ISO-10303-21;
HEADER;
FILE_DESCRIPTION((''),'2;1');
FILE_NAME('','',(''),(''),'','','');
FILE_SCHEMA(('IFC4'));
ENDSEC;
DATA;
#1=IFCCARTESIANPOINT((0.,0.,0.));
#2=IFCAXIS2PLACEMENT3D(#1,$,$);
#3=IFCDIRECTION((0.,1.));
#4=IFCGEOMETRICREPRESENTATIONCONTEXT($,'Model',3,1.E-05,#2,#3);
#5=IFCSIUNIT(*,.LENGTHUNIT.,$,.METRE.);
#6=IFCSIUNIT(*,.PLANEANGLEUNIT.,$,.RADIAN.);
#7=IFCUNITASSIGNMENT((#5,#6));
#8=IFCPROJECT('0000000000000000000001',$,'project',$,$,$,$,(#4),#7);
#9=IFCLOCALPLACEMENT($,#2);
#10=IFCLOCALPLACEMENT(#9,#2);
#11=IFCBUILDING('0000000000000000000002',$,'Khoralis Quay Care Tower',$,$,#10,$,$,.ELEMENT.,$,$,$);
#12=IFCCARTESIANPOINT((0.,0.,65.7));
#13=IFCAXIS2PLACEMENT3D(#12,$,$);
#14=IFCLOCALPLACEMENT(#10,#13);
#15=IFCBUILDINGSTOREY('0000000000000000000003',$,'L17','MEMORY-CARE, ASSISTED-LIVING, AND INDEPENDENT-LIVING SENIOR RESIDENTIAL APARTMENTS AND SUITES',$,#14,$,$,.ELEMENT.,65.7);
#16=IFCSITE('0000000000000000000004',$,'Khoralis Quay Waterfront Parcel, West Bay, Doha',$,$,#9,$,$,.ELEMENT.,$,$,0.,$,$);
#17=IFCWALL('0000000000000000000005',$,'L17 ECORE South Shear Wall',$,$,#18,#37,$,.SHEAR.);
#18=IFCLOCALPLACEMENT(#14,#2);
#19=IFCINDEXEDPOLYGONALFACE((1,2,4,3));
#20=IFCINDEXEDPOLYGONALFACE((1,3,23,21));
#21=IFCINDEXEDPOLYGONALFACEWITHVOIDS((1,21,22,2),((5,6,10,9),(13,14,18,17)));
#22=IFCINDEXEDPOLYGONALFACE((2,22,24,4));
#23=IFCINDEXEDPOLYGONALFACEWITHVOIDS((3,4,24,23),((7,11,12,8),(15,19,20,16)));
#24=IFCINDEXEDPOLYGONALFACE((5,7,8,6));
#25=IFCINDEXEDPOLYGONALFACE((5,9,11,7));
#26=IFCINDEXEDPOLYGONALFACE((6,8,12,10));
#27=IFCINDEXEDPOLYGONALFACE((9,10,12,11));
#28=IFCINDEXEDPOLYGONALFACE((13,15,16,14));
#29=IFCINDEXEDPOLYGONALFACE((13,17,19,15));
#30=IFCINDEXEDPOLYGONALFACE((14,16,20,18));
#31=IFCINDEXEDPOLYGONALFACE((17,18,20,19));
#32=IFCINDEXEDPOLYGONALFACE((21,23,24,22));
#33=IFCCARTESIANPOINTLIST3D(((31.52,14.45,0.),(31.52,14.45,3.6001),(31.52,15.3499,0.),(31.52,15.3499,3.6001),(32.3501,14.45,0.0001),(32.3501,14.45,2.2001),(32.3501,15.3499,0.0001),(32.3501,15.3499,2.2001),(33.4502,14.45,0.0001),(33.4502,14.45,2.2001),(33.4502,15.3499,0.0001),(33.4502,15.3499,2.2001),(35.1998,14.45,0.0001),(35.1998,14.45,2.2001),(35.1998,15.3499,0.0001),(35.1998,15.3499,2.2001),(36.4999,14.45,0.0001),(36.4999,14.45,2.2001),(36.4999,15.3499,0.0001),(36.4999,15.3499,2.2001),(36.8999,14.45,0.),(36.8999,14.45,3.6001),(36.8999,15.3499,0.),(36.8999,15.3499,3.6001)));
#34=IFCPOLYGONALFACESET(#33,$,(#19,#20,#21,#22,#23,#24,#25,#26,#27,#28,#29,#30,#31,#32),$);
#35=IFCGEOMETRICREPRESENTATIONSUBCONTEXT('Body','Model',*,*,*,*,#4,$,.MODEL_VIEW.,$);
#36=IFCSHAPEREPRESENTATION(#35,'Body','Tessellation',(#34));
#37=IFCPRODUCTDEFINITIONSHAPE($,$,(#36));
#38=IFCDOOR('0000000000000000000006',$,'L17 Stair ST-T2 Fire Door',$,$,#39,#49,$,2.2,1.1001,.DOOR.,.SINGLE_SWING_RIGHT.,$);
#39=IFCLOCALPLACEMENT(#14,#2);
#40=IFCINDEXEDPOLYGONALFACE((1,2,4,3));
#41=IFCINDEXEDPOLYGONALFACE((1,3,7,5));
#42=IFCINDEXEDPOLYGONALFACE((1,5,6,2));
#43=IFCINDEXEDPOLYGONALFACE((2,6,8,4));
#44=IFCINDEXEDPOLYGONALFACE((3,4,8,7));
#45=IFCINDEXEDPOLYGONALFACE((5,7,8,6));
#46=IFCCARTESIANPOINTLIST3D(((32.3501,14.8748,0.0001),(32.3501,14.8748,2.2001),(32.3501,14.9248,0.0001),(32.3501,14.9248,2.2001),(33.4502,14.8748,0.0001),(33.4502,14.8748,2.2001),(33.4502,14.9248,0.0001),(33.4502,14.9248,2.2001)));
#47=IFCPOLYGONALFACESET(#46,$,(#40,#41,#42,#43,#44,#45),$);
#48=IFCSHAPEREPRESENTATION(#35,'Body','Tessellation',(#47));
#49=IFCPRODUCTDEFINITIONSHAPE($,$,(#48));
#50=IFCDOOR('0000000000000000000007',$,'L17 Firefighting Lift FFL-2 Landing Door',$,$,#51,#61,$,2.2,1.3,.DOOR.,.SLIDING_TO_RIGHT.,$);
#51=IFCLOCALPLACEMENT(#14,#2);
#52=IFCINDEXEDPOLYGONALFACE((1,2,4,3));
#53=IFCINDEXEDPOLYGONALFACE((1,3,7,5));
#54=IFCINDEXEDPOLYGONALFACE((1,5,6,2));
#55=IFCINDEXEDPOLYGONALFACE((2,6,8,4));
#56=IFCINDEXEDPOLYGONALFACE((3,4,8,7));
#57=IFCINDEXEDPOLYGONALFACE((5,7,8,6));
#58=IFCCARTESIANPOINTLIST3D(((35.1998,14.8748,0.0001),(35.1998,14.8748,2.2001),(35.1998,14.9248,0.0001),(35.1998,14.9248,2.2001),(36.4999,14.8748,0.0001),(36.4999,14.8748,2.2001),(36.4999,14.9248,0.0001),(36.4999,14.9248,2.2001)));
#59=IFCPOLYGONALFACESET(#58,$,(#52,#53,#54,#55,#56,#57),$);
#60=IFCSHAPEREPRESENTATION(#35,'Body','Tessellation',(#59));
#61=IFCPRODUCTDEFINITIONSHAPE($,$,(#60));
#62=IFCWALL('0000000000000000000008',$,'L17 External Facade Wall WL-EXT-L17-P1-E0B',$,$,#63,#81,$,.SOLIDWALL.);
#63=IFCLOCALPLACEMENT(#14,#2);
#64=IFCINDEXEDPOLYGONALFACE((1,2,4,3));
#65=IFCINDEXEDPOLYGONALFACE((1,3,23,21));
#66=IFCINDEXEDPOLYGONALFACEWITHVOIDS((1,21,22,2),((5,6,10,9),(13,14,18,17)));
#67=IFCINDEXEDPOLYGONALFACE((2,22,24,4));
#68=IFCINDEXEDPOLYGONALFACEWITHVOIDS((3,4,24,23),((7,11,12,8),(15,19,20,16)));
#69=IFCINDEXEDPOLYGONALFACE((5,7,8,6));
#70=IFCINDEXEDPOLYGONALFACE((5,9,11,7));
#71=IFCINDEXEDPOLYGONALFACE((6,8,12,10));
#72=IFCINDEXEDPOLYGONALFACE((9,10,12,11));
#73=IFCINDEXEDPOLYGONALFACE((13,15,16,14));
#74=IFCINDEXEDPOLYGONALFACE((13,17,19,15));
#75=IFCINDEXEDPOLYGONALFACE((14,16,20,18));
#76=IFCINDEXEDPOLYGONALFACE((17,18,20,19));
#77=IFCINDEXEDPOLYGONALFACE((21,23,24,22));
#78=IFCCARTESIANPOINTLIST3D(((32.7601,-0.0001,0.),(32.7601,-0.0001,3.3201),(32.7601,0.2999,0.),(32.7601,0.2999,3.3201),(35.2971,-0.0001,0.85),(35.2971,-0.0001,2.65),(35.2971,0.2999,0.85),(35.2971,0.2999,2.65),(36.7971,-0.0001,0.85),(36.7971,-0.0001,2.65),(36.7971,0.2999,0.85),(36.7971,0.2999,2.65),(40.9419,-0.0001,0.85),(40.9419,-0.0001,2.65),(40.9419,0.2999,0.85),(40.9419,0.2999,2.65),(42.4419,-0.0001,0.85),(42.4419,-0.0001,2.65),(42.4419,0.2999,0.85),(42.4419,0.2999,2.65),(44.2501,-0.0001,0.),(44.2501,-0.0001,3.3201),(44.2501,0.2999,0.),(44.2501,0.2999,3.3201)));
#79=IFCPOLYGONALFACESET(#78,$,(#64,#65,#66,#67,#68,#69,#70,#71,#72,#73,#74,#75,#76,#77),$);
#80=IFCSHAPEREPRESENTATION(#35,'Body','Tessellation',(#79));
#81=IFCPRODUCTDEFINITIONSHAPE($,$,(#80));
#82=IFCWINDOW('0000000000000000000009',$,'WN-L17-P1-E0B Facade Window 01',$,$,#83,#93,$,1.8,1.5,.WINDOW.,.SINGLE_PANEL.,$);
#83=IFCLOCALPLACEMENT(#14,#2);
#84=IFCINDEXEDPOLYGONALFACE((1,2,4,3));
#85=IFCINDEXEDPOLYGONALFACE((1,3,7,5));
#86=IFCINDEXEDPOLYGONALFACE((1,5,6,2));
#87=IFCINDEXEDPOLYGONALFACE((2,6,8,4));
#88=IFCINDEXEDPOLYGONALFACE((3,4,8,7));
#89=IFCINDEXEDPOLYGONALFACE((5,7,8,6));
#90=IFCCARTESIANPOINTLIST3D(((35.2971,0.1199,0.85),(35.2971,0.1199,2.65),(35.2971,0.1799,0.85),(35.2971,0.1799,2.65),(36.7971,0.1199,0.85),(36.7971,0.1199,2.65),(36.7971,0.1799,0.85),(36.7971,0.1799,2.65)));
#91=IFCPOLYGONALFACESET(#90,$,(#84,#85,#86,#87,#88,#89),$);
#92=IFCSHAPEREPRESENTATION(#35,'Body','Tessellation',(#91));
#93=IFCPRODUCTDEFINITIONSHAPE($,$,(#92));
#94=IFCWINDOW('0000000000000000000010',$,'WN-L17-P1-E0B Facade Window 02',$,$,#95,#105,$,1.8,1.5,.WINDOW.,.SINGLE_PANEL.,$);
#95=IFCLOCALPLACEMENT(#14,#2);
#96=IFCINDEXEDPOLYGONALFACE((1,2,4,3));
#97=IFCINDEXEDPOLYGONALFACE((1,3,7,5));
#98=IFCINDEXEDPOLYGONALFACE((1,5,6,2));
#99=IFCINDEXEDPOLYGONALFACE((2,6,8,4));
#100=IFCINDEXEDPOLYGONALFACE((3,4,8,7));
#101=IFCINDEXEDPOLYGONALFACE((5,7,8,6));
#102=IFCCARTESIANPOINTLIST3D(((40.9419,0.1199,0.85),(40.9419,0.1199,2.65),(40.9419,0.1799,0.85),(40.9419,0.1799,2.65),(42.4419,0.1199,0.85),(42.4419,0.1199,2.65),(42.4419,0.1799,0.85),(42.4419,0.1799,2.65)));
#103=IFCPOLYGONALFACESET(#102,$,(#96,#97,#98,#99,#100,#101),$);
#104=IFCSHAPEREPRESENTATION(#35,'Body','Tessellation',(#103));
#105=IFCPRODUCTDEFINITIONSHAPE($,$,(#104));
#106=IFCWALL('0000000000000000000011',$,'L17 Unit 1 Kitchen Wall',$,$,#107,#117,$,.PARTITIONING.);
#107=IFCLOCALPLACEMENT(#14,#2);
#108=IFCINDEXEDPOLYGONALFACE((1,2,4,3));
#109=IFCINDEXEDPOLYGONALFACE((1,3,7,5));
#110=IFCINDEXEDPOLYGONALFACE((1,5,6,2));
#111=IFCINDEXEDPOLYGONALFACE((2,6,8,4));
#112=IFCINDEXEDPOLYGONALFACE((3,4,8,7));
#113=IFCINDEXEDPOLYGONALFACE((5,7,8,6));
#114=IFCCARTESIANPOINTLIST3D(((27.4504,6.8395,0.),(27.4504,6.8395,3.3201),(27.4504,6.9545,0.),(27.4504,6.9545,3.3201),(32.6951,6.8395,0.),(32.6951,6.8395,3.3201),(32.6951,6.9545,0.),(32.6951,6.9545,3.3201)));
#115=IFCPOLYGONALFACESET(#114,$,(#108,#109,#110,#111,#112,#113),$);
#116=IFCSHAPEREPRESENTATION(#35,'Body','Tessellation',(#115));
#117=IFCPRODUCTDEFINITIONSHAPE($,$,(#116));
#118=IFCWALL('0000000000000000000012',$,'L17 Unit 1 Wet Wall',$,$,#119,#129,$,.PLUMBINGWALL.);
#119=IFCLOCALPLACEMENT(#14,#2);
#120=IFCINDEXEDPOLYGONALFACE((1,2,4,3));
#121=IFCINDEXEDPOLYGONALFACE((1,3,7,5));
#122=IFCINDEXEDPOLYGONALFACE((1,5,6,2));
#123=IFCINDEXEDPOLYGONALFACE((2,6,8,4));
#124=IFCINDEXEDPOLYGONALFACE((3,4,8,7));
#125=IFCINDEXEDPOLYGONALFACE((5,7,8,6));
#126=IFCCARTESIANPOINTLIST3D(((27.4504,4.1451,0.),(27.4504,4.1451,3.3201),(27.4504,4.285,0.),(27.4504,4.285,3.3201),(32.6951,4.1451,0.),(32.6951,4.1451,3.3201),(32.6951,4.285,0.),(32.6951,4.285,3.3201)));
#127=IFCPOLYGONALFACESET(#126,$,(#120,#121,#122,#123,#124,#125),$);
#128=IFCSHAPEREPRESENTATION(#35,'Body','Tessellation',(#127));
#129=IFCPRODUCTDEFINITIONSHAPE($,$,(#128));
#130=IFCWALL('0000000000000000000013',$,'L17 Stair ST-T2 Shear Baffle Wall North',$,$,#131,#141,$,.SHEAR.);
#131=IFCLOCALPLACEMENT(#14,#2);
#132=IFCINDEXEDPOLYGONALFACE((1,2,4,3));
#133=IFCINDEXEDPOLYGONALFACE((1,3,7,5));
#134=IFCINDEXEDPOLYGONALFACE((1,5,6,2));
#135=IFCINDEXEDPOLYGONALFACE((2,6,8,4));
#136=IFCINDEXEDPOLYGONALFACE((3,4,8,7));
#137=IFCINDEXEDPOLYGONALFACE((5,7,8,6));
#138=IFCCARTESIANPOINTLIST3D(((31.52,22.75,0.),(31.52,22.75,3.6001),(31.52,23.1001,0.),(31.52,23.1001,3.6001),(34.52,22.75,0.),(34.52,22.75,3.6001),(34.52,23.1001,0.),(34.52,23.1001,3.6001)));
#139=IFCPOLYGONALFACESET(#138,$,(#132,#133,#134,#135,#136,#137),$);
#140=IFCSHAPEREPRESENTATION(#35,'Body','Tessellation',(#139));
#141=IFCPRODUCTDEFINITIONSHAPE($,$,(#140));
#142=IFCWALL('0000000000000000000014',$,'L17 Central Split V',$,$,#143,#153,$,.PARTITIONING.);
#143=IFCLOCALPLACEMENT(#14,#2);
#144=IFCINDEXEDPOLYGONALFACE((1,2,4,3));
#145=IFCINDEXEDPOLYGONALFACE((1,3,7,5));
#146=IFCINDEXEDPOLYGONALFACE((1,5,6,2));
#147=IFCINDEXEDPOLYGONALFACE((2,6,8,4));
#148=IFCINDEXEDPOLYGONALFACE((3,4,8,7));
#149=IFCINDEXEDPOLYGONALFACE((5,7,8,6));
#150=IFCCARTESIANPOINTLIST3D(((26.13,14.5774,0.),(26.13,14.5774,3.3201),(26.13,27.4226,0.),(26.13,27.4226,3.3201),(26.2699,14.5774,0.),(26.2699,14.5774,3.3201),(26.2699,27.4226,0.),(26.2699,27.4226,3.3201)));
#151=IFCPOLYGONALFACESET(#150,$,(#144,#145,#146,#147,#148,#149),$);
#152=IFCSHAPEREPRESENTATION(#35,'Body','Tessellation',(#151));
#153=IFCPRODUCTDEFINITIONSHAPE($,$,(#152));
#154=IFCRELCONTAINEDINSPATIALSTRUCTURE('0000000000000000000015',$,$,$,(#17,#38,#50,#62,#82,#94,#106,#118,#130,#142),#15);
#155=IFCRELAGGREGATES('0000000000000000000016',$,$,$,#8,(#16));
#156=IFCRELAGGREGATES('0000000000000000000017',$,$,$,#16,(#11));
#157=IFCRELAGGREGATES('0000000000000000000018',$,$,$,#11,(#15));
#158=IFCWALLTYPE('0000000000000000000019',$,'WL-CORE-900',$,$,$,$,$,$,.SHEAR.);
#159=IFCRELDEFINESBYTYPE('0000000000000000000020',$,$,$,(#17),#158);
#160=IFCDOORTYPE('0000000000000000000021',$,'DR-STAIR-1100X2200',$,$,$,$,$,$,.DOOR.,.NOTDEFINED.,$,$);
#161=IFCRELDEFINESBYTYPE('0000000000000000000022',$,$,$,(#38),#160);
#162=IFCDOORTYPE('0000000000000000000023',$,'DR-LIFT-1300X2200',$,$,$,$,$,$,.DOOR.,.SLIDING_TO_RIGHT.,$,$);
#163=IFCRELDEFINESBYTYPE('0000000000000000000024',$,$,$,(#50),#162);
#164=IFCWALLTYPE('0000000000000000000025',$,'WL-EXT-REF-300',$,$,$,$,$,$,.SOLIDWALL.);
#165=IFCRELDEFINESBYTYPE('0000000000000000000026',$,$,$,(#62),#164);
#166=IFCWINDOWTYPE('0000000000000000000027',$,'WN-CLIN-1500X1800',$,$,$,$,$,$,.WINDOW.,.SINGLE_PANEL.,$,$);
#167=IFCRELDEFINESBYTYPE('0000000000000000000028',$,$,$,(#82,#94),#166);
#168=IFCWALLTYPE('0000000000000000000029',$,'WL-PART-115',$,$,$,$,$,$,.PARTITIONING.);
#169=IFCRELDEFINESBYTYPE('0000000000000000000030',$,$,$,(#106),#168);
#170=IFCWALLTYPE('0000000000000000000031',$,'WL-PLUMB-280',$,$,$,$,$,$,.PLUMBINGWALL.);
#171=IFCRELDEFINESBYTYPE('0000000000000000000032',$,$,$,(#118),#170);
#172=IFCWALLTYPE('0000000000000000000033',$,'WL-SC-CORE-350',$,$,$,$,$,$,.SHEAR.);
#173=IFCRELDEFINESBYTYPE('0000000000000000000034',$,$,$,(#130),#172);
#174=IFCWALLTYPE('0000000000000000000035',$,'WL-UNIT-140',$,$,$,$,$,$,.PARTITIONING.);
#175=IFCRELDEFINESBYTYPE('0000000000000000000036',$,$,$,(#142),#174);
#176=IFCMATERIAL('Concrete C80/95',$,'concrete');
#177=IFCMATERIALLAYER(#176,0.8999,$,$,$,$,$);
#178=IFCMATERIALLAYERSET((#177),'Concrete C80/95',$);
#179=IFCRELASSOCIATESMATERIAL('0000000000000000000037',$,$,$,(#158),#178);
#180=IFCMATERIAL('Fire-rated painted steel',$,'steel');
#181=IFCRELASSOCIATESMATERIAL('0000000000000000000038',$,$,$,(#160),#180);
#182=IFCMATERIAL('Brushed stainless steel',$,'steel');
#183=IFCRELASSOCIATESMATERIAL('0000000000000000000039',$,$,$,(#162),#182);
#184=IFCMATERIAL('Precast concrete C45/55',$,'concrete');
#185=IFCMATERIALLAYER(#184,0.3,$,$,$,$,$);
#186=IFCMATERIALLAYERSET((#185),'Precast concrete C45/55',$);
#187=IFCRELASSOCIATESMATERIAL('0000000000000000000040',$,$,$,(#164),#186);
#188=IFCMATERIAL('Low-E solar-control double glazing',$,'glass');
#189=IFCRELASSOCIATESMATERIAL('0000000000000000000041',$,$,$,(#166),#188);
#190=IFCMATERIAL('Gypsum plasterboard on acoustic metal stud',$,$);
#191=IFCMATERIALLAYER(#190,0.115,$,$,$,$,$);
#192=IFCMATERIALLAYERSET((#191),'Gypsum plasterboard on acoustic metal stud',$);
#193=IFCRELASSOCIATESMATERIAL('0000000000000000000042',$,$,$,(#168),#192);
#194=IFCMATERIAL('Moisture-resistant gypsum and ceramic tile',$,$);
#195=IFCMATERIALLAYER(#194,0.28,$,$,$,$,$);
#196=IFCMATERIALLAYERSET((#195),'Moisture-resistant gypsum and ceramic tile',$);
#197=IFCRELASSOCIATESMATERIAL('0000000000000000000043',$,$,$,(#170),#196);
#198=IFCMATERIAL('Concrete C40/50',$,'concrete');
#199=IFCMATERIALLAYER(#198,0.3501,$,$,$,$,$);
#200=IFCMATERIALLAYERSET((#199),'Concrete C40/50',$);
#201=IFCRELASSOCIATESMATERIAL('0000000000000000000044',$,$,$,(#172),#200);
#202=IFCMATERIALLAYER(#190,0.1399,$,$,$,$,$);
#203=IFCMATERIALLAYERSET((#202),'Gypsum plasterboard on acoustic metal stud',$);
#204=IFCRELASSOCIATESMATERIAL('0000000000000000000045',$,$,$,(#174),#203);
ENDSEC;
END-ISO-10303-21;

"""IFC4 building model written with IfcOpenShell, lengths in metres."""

from ifc_helpers import new_model, si_unit, direction, frame, frame_2d, origin, place, context, subcontext, project, spatial, rectangle, extrude, source, transform, mapped, material, layer, layer_set, type_object, element, fill, save


model = new_model("IFC4")

# Units and contexts
model_context = context("Model", 3, precision=1e-05, world=origin(), true_north=direction((0.0, 1.0)))
body_context = subcontext(model_context, "Body", "Model", "MODEL_VIEW")
ifc_project = project(units=[si_unit("LENGTHUNIT", "METRE"), si_unit("PLANEANGLEUNIT", "RADIAN")], contexts=[model_context])

# Site, building, storey
site_placement = place(None, origin())
site = spatial("IfcSite", under=ifc_project, at=site_placement, Name="Khoralis Quay Waterfront Parcel, West Bay, Doha", CompositionType="ELEMENT", RefElevation=0.0)
building_placement = place(site_placement, origin())
building = spatial("IfcBuilding", under=site, at=building_placement, Name="Khoralis Quay Care Tower", CompositionType="ELEMENT")
storey_placement = place(building_placement, frame((0.0, 0.0, 65.7)))
storey = spatial("IfcBuildingStorey", under=building, at=storey_placement, Name="L17", Description="MEMORY-CARE, ASSISTED-LIVING, AND INDEPENDENT-LIVING SENIOR RESIDENTIAL APARTMENTS AND SUITES", CompositionType="ELEMENT", Elevation=65.7)

# Shared definitions
ifc_material_1 = material(Name="Concrete C80/95", Category="concrete")

# Shared definitions
ifc_material_2 = material(Name="Gypsum plasterboard on acoustic metal stud")
ifc_material_3 = material(Name="Fire-rated painted steel", Category="steel")

# Shared definitions
ifc_layer_1 = layer(ifc_material_1, 0.8999)
ifc_layer_set_1 = layer_set([ifc_layer_1], Name="Concrete C80/95")
wall_type_1 = type_object("IfcWallType", Name="WL-CORE-900", PredefinedType="SHEAR", material=ifc_layer_set_1)

# Wall, openings, doors
wall_1_placement = place(storey_placement, frame((31.52, 14.8999, 0.0), z_axis=(0.0, 0.0, 1.0), x_axis=(1.0, 0.0, 0.0)))
wall_1 = element("IfcWall", 1, at=wall_1_placement, inside=storey, type_object=wall_type_1, Name="L17 ECORE South Shear Wall", PredefinedType="SHEAR", context=body_context, shape_type="SweptSolid", body=[
    extrude(rectangle(XDim=5.3799, YDim=0.8999, at=frame_2d((2.6899, 0.0))), origin(), (0.0, 0.0, 1.0), 3.6001),
])
opening_1_placement = place(wall_1_placement, frame((0.8301, 0.0, 0.0)))
opening_1 = element("IfcOpeningElement", 2, at=opening_1_placement, cuts=wall_1, PredefinedType="OPENING", context=body_context, shape_type="SweptSolid", body=[
    extrude(rectangle(XDim=1.1001, YDim=2.2, at=frame_2d((0.55, 1.1001))), frame((0.0, 0.46, 0.0), z_axis=(0.0, -1.0, 0.0), x_axis=(1.0, 0.0, 0.0)), (0.0, 0.0, 1.0), 0.9199),
])
opening_2_placement = place(wall_1_placement, frame((3.6799, 0.0, 0.0)))
opening_2 = element("IfcOpeningElement", 3, at=opening_2_placement, cuts=wall_1, PredefinedType="OPENING", context=body_context, shape_type="SweptSolid", body=[
    extrude(rectangle(XDim=1.3, YDim=2.2, at=frame_2d((0.6499, 1.1001))), frame((0.0, 0.46, 0.0), z_axis=(0.0, -1.0, 0.0), x_axis=(1.0, 0.0, 0.0)), (0.0, 0.0, 1.0), 0.9199),
])
door_type_1 = type_object("IfcDoorType", Name="DR-STAIR-1100X2200", OperationType="NOTDEFINED", PredefinedType="DOOR", material=ifc_material_3)
shared_shape_1 = source(origin(), body_context, "Body", "SweptSolid", [
    extrude(rectangle(XDim=1.1001, YDim=2.2, at=frame_2d((0.55, 1.1001))), frame((0.0, 0.0249, 0.0), z_axis=(0.0, -1.0, 0.0), x_axis=(1.0, 0.0, 0.0)), (0.0, 0.0, 1.0), 0.05),
])
door_1_placement = place(opening_1_placement, origin())
door_1 = element("IfcDoor", 4, at=door_1_placement, inside=storey, type_object=door_type_1, Name="L17 Stair ST-T2 Fire Door", OperationType="SINGLE_SWING_RIGHT", OverallHeight=2.2, OverallWidth=1.1001, PredefinedType="DOOR", context=body_context, shape_type="MappedRepresentation", body=[
    mapped(shared_shape_1, transform((0.0, 0.0, 0.0), scale=1.0)),
])
fill(opening_1, door_1)
ifc_material_4 = material(Name="Brushed stainless steel", Category="steel")
door_type_2 = type_object("IfcDoorType", Name="DR-LIFT-1300X2200", OperationType="SLIDING_TO_RIGHT", PredefinedType="DOOR", material=ifc_material_4)
shared_shape_2 = source(origin(), body_context, "Body", "SweptSolid", [
    extrude(rectangle(XDim=1.3, YDim=2.2, at=frame_2d((0.6499, 1.1001))), frame((0.0, 0.0249, 0.0), z_axis=(0.0, -1.0, 0.0), x_axis=(1.0, 0.0, 0.0)), (0.0, 0.0, 1.0), 0.05),
])
door_2_placement = place(opening_2_placement, origin())
door_2 = element("IfcDoor", 5, at=door_2_placement, inside=storey, type_object=door_type_2, Name="L17 Firefighting Lift FFL-2 Landing Door", OperationType="SLIDING_TO_RIGHT", OverallHeight=2.2, OverallWidth=1.3, PredefinedType="DOOR", context=body_context, shape_type="MappedRepresentation", body=[
    mapped(shared_shape_2, transform((0.0, 0.0, 0.0), scale=1.0)),
])
fill(opening_2, door_2)

# Wall, openings, windows
ifc_material_5 = material(Name="Precast concrete C45/55", Category="concrete")
ifc_layer_2 = layer(ifc_material_5, 0.3)
ifc_layer_set_2 = layer_set([ifc_layer_2], Name="Precast concrete C45/55")
wall_type_2 = type_object("IfcWallType", Name="WL-EXT-REF-300", PredefinedType="SOLIDWALL", material=ifc_layer_set_2)
wall_2_placement = place(storey_placement, frame((32.76, 0.1499, 0.0), z_axis=(0.0, 0.0, 1.0), x_axis=(1.0, 0.0, 0.0)))
wall_2 = element("IfcWall", 6, at=wall_2_placement, inside=storey, type_object=wall_type_2, Name="L17 External Facade Wall WL-EXT-L17-P1-E0B", PredefinedType="SOLIDWALL", context=body_context, shape_type="SweptSolid", body=[
    extrude(rectangle(XDim=11.49, YDim=0.3, at=frame_2d((5.7451, 0.0))), origin(), (0.0, 0.0, 1.0), 3.3201),
])
opening_3_placement = place(wall_2_placement, frame((2.5371, 0.0, 0.8501)))
opening_3 = element("IfcOpeningElement", 7, at=opening_3_placement, cuts=wall_2, PredefinedType="OPENING", context=body_context, shape_type="SweptSolid", body=[
    extrude(rectangle(XDim=1.5, YDim=1.8, at=frame_2d((0.75, 0.8999))), frame((0.0, 0.1602, 0.0), z_axis=(0.0, -1.0, 0.0), x_axis=(1.0, 0.0, 0.0)), (0.0, 0.0, 1.0), 0.3201),
])
opening_4_placement = place(wall_2_placement, frame((8.1819, 0.0, 0.8501)))
opening_4 = element("IfcOpeningElement", 8, at=opening_4_placement, cuts=wall_2, PredefinedType="OPENING", context=body_context, shape_type="SweptSolid", body=[
    extrude(rectangle(XDim=1.5, YDim=1.8, at=frame_2d((0.75, 0.8999))), frame((0.0, 0.1602, 0.0), z_axis=(0.0, -1.0, 0.0), x_axis=(1.0, 0.0, 0.0)), (0.0, 0.0, 1.0), 0.3201),
])
ifc_material_6 = material(Name="Low-E solar-control double glazing", Category="glass")
window_type = type_object("IfcWindowType", Name="WN-CLIN-1500X1800", PartitioningType="SINGLE_PANEL", PredefinedType="WINDOW", material=ifc_material_6)
shared_shape_3 = source(origin(), body_context, "Body", "SweptSolid", [
    extrude(rectangle(XDim=1.5, YDim=1.8, at=frame_2d((0.75, 0.8999))), frame((0.0, 0.03, 0.0), z_axis=(0.0, -1.0, 0.0), x_axis=(1.0, 0.0, 0.0)), (0.0, 0.0, 1.0), 0.0601),
])
window_1_placement = place(opening_3_placement, origin())
window_1 = element("IfcWindow", 9, at=window_1_placement, inside=storey, type_object=window_type, Name="WN-L17-P1-E0B Facade Window 01", OverallHeight=1.8, OverallWidth=1.5, PartitioningType="SINGLE_PANEL", PredefinedType="WINDOW", context=body_context, shape_type="MappedRepresentation", body=[
    mapped(shared_shape_3, transform((0.0, 0.0, 0.0), scale=1.0)),
])
fill(opening_3, window_1)
window_2_placement = place(opening_4_placement, origin())
window_2 = element("IfcWindow", 10, at=window_2_placement, inside=storey, type_object=window_type, Name="WN-L17-P1-E0B Facade Window 02", OverallHeight=1.8, OverallWidth=1.5, PartitioningType="SINGLE_PANEL", PredefinedType="WINDOW", context=body_context, shape_type="MappedRepresentation", body=[
    mapped(shared_shape_3, transform((0.0, 0.0, 0.0), scale=1.0)),
])
fill(opening_4, window_2)

# Walls
ifc_layer_3 = layer(ifc_material_2, 0.115)
ifc_layer_set_3 = layer_set([ifc_layer_3], Name="Gypsum plasterboard on acoustic metal stud")
wall_type_3 = type_object("IfcWallType", Name="WL-PART-115", PredefinedType="PARTITIONING", material=ifc_layer_set_3)
wall_3_placement = place(storey_placement, frame((27.4504, 6.897, 0.0), z_axis=(0.0, 0.0, 1.0), x_axis=(1.0, 0.0, 0.0)))
element("IfcWall", 11, at=wall_3_placement, inside=storey, type_object=wall_type_3, Name="L17 Unit 1 Kitchen Wall", PredefinedType="PARTITIONING", context=body_context, shape_type="SweptSolid", body=[
    extrude(rectangle(XDim=5.2446, YDim=0.115, at=frame_2d((2.6223, 0.0))), origin(), (0.0, 0.0, 1.0), 3.3201),
])
ifc_material_7 = material(Name="Moisture-resistant gypsum and ceramic tile")
ifc_layer_4 = layer(ifc_material_7, 0.28)
ifc_layer_set_4 = layer_set([ifc_layer_4], Name="Moisture-resistant gypsum and ceramic tile")
wall_type_4 = type_object("IfcWallType", Name="WL-PLUMB-280", PredefinedType="PLUMBINGWALL", material=ifc_layer_set_4)
wall_4_placement = place(storey_placement, frame((27.4504, 4.2151, 0.0), z_axis=(0.0, 0.0, 1.0), x_axis=(1.0, 0.0, 0.0)))
element("IfcWall", 12, at=wall_4_placement, inside=storey, type_object=wall_type_4, Name="L17 Unit 1 Wet Wall", PredefinedType="PLUMBINGWALL", context=body_context, shape_type="SweptSolid", body=[
    extrude(rectangle(XDim=5.2446, YDim=0.1399, at=frame_2d((2.6223, 0.0))), origin(), (0.0, 0.0, 1.0), 3.3201),
])
ifc_material_8 = material(Name="Concrete C40/50", Category="concrete")
ifc_layer_5 = layer(ifc_material_8, 0.3501)
ifc_layer_set_5 = layer_set([ifc_layer_5], Name="Concrete C40/50")
wall_type_5 = type_object("IfcWallType", Name="WL-SC-CORE-350", PredefinedType="SHEAR", material=ifc_layer_set_5)
wall_5_placement = place(storey_placement, frame((31.52, 22.925, 0.0), z_axis=(0.0, 0.0, 1.0), x_axis=(1.0, 0.0, 0.0)))
element("IfcWall", 13, at=wall_5_placement, inside=storey, type_object=wall_type_5, Name="L17 Stair ST-T2 Shear Baffle Wall North", PredefinedType="SHEAR", context=body_context, shape_type="SweptSolid", body=[
    extrude(rectangle(XDim=3.0, YDim=0.3501, at=frame_2d((1.5, 0.0))), origin(), (0.0, 0.0, 1.0), 3.6001),
])
ifc_layer_6 = layer(ifc_material_2, 0.1399)
ifc_layer_set_6 = layer_set([ifc_layer_6], Name="Gypsum plasterboard on acoustic metal stud")
wall_type_6 = type_object("IfcWallType", Name="WL-UNIT-140", PredefinedType="PARTITIONING", material=ifc_layer_set_6)
wall_6_placement = place(storey_placement, frame((26.2, 14.5774, 0.0), z_axis=(0.0, 0.0, 1.0), x_axis=(0.0, 1.0, 0.0)))
element("IfcWall", 14, at=wall_6_placement, inside=storey, type_object=wall_type_6, Name="L17 Central Split V", PredefinedType="PARTITIONING", context=body_context, shape_type="SweptSolid", body=[
    extrude(rectangle(XDim=12.8452, YDim=0.1399, at=frame_2d((6.4226, 0.0))), origin(), (0.0, 0.0, 1.0), 3.3201),
])

save(model, "model.ifc")
